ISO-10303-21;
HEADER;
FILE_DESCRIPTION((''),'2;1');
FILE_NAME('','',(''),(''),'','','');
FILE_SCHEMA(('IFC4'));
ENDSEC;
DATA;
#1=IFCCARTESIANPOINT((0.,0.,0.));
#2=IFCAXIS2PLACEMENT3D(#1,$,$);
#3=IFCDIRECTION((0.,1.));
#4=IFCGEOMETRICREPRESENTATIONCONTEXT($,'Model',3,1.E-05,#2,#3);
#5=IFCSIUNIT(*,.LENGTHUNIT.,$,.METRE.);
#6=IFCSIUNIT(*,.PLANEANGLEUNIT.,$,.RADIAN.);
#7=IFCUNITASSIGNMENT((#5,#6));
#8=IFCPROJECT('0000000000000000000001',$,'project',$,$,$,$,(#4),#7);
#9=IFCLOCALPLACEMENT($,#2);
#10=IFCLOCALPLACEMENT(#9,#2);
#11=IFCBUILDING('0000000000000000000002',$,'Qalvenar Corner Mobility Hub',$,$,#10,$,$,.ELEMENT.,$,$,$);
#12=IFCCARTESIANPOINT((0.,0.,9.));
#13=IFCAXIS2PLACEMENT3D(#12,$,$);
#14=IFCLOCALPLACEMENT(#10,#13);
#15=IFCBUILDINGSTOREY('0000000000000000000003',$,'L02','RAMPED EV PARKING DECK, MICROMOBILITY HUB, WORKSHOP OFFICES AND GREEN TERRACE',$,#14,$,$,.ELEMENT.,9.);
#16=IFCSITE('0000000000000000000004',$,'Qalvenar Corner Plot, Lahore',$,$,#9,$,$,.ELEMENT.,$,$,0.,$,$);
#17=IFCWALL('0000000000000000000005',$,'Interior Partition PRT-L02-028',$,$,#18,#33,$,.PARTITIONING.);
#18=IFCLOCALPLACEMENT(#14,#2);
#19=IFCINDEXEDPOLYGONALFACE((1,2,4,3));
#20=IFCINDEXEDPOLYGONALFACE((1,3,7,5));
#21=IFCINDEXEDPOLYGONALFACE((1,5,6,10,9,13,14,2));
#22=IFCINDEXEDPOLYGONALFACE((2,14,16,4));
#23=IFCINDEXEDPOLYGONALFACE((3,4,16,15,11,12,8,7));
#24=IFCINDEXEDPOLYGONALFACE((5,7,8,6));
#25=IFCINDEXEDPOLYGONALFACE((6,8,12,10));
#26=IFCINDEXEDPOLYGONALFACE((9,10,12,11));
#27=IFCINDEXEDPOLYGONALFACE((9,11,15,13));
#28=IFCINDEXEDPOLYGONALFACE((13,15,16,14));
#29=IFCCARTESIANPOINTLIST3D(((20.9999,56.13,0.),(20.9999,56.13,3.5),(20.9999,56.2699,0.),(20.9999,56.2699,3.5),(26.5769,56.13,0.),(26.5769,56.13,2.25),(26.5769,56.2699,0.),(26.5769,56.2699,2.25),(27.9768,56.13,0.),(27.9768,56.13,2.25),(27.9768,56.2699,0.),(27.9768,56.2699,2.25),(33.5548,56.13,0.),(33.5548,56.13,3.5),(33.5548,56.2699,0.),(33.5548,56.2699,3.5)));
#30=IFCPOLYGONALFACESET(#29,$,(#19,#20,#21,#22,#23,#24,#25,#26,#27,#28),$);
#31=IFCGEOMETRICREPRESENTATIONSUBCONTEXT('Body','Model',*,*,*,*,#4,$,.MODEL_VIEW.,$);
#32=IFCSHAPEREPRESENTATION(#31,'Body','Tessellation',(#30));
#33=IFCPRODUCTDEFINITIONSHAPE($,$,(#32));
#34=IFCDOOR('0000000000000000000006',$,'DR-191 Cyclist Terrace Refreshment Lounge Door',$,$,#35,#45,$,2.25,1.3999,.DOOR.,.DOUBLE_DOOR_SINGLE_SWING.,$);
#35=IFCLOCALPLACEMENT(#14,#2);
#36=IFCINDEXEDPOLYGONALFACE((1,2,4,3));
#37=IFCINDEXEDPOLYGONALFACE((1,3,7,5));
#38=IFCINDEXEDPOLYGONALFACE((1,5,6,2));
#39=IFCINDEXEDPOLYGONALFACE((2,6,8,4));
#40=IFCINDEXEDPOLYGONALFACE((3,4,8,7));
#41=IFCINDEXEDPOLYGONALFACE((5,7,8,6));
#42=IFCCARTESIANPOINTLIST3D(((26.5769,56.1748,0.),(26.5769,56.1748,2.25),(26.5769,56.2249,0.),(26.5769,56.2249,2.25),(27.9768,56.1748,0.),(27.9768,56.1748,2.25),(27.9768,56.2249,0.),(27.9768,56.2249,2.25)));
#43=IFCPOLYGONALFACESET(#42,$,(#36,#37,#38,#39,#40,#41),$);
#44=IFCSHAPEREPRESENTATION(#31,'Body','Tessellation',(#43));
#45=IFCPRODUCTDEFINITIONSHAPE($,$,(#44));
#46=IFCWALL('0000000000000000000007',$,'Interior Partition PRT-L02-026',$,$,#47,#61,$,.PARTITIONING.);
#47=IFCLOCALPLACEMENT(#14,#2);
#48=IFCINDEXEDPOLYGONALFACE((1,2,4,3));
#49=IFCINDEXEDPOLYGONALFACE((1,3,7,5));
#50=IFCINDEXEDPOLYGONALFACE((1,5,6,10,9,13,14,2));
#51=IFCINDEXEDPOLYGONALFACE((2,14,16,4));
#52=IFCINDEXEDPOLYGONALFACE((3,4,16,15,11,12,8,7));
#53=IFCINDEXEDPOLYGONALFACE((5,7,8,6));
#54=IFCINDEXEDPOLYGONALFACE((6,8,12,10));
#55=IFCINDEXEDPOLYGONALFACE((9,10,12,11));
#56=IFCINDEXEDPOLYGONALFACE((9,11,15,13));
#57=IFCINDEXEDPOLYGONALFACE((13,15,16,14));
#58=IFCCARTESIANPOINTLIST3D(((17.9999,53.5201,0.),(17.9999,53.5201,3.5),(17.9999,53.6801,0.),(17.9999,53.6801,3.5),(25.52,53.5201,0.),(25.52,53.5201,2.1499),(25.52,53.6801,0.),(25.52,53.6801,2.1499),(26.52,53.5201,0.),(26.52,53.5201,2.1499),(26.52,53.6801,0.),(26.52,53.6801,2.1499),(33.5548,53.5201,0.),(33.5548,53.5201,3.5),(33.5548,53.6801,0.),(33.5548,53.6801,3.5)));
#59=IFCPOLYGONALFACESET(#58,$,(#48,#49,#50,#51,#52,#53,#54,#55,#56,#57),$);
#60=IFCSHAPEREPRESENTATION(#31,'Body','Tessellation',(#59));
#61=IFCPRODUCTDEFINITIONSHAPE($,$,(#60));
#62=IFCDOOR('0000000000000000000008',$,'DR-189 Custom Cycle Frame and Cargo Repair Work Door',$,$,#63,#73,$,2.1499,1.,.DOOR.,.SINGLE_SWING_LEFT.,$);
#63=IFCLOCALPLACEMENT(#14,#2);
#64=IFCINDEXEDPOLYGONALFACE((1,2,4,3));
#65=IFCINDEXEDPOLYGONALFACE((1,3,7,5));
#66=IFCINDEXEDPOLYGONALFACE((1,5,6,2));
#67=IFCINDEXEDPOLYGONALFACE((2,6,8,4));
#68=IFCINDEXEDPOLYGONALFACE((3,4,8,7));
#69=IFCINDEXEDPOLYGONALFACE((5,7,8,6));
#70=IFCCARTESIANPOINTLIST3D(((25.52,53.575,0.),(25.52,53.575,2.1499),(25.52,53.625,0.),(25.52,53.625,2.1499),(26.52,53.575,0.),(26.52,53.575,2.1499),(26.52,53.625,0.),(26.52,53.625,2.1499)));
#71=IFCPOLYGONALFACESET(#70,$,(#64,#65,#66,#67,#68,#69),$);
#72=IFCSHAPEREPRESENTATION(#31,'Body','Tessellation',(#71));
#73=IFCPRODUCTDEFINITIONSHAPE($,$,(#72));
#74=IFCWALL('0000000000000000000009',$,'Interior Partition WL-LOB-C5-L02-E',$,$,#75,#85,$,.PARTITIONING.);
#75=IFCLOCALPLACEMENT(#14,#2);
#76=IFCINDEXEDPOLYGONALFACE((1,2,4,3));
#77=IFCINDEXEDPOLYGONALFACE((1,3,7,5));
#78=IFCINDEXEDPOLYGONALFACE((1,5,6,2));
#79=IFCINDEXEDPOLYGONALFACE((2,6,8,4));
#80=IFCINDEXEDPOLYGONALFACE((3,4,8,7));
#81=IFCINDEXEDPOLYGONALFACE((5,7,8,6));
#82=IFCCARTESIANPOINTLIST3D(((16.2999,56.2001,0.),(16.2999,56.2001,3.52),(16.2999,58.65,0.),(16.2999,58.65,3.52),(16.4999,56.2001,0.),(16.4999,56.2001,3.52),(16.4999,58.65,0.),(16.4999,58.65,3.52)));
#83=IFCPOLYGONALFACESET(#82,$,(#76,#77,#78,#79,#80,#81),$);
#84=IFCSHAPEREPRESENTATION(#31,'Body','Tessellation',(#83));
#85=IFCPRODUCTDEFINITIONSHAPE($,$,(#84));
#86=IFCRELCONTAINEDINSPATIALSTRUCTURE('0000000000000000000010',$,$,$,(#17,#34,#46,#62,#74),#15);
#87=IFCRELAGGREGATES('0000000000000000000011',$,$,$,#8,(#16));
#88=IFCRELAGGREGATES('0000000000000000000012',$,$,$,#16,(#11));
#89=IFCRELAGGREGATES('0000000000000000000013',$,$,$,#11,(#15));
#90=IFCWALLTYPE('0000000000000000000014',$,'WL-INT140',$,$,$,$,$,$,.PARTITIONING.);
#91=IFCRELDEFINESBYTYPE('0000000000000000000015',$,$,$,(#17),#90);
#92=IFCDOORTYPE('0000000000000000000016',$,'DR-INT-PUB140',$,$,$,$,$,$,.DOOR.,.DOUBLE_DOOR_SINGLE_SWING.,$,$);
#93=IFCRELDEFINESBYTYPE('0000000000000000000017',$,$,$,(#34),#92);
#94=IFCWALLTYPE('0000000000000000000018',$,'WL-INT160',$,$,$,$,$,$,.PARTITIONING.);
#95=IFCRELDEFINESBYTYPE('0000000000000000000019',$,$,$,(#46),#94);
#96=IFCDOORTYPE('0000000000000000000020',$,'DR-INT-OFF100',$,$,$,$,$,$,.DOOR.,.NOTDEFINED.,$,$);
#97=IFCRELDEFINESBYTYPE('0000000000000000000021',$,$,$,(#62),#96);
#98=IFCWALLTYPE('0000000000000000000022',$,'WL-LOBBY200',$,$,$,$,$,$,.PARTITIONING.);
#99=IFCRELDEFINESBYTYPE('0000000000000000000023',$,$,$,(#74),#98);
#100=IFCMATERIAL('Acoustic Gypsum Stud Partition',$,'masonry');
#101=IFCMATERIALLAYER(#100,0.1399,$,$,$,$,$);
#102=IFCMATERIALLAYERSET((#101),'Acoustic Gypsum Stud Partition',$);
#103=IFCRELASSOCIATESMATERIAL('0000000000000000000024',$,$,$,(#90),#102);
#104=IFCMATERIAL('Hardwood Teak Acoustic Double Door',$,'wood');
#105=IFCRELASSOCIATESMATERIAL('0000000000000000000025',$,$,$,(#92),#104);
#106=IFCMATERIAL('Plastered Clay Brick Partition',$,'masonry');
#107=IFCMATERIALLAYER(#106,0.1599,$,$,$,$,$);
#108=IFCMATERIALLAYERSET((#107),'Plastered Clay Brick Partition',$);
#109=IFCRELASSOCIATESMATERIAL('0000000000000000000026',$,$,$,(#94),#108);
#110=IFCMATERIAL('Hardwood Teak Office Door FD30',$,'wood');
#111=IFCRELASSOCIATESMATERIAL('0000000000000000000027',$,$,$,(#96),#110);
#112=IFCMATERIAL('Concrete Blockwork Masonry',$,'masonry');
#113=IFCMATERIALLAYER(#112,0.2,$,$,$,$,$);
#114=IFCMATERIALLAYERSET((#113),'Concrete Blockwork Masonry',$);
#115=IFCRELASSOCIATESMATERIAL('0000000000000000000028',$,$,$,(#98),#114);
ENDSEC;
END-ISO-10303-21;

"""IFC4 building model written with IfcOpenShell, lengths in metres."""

from ifc_helpers import new_model, si_unit, direction, frame, frame_2d, origin, place, context, subcontext, project, spatial, rectangle, extrude, material, layer, layer_set, type_object, element, fill, save


model = new_model("IFC4")

# Units and contexts
model_context = context("Model", 3, precision=1e-05, world=origin(), true_north=direction((0.0, 1.0)))
body_context = subcontext(model_context, "Body", "Model", "MODEL_VIEW")
ifc_project = project(units=[si_unit("LENGTHUNIT", "METRE"), si_unit("PLANEANGLEUNIT", "RADIAN")], contexts=[model_context])

# Site, building, storey
site_placement = place(None, origin())
site = spatial("IfcSite", under=ifc_project, at=site_placement, Name="Qalvenar Corner Plot, Lahore", CompositionType="ELEMENT", RefElevation=0.0)
building_placement = place(site_placement, origin())
building = spatial("IfcBuilding", under=site, at=building_placement, Name="Qalvenar Corner Mobility Hub", CompositionType="ELEMENT")
storey_placement = place(building_placement, frame((0.0, 0.0, 9.0)))
storey = spatial("IfcBuildingStorey", under=building, at=storey_placement, Name="L02", Description="RAMPED EV PARKING DECK, MICROMOBILITY HUB, WORKSHOP OFFICES AND GREEN TERRACE", CompositionType="ELEMENT", Elevation=9.0)

# Walls, openings, doors
ifc_material_1 = material(Name="Acoustic Gypsum Stud Partition", Category="masonry")
ifc_layer_1 = layer(ifc_material_1, 0.1399)
ifc_layer_set_1 = layer_set([ifc_layer_1], Name="Acoustic Gypsum Stud Partition")
wall_type_1 = type_object("IfcWallType", Name="WL-INT140", PredefinedType="PARTITIONING", material=ifc_layer_set_1)
wall_1_placement = place(storey_placement, frame((21.0, 56.2, 0.0), z_axis=(0.0, 0.0, 1.0), x_axis=(1.0, 0.0, 0.0)))
wall_1 = element("IfcWall", 1, at=wall_1_placement, inside=storey, type_object=wall_type_1, Name="Interior Partition PRT-L02-028", PredefinedType="PARTITIONING", context=body_context, shape_type="SweptSolid", body=[
    extrude(rectangle(XDim=12.5549, YDim=0.1399, at=frame_2d((6.2773, 0.0))), origin(), (0.0, 0.0, 1.0), 3.5),
])
opening_1_placement = place(wall_1_placement, frame((5.5769, 0.0, 0.0)))
opening_1 = element("IfcOpeningElement", 2, at=opening_1_placement, cuts=wall_1, PredefinedType="OPENING", context=body_context, shape_type="SweptSolid", body=[
    extrude(rectangle(XDim=1.3999, YDim=2.25, at=frame_2d((0.7, 1.125))), frame((0.0, 0.0801, 0.0), z_axis=(0.0, -1.0, 0.0), x_axis=(1.0, 0.0, 0.0)), (0.0, 0.0, 1.0), 0.1599),
])
ifc_material_2 = material(Name="Hardwood Teak Acoustic Double Door", Category="wood")
door_type_1 = type_object("IfcDoorType", Name="DR-INT-PUB140", OperationType="DOUBLE_DOOR_SINGLE_SWING", PredefinedType="DOOR", material=ifc_material_2)
door_1_placement = place(opening_1_placement, origin())
door_1 = element("IfcDoor", 3, at=door_1_placement, inside=storey, type_object=door_type_1, Name="DR-191 Cyclist Terrace Refreshment Lounge Door", OperationType="DOUBLE_DOOR_SINGLE_SWING", OverallHeight=2.25, OverallWidth=1.3999, PredefinedType="DOOR", context=body_context, shape_type="SweptSolid", body=[
    extrude(rectangle(XDim=1.3999, YDim=2.25, at=frame_2d((0.7, 1.125))), frame((0.0, 0.0249, 0.0), z_axis=(0.0, -1.0, 0.0), x_axis=(1.0, 0.0, 0.0)), (0.0, 0.0, 1.0), 0.05),
])
fill(opening_1, door_1)
ifc_material_3 = material(Name="Plastered Clay Brick Partition", Category="masonry")
ifc_layer_2 = layer(ifc_material_3, 0.1599)
ifc_layer_set_2 = layer_set([ifc_layer_2], Name="Plastered Clay Brick Partition")
wall_type_2 = type_object("IfcWallType", Name="WL-INT160", PredefinedType="PARTITIONING", material=ifc_layer_set_2)
wall_2_placement = place(storey_placement, frame((18.0, 53.6001, 0.0), z_axis=(0.0, 0.0, 1.0), x_axis=(1.0, 0.0, 0.0)))
wall_2 = element("IfcWall", 4, at=wall_2_placement, inside=storey, type_object=wall_type_2, Name="Interior Partition PRT-L02-026", PredefinedType="PARTITIONING", context=body_context, shape_type="SweptSolid", body=[
    extrude(rectangle(XDim=15.5549, YDim=0.1599, at=frame_2d((7.7773, 0.0))), origin(), (0.0, 0.0, 1.0), 3.5),
])
opening_2_placement = place(wall_2_placement, frame((7.52, 0.0, 0.0)))
opening_2 = element("IfcOpeningElement", 5, at=opening_2_placement, cuts=wall_2, PredefinedType="OPENING", context=body_context, shape_type="SweptSolid", body=[
    extrude(rectangle(XDim=1.0, YDim=2.1499, at=frame_2d((0.5, 1.075))), frame((0.0, 0.0898, 0.0), z_axis=(0.0, -1.0, 0.0), x_axis=(1.0, 0.0, 0.0)), (0.0, 0.0, 1.0), 0.1799),
])
ifc_material_4 = material(Name="Hardwood Teak Office Door FD30", Category="wood")
door_type_2 = type_object("IfcDoorType", Name="DR-INT-OFF100", OperationType="NOTDEFINED", PredefinedType="DOOR", material=ifc_material_4)
door_2_placement = place(opening_2_placement, origin())
door_2 = element("IfcDoor", 6, at=door_2_placement, inside=storey, type_object=door_type_2, Name="DR-189 Custom Cycle Frame and Cargo Repair Work Door", OperationType="SINGLE_SWING_LEFT", OverallHeight=2.1499, OverallWidth=1.0, PredefinedType="DOOR", context=body_context, shape_type="SweptSolid", body=[
    extrude(rectangle(XDim=1.0, YDim=2.1499, at=frame_2d((0.5, 1.075))), frame((0.0, 0.0249, 0.0), z_axis=(0.0, -1.0, 0.0), x_axis=(1.0, 0.0, 0.0)), (0.0, 0.0, 1.0), 0.05),
])
fill(opening_2, door_2)

# Wall
ifc_material_5 = material(Name="Concrete Blockwork Masonry", Category="masonry")
ifc_layer_3 = layer(ifc_material_5, 0.2)
ifc_layer_set_3 = layer_set([ifc_layer_3], Name="Concrete Blockwork Masonry")
wall_type_3 = type_object("IfcWallType", Name="WL-LOBBY200", PredefinedType="PARTITIONING", material=ifc_layer_set_3)
wall_3_placement = place(storey_placement, frame((16.3999, 56.2, 0.0), z_axis=(0.0, 0.0, 1.0), x_axis=(0.0, 1.0, 0.0)))
element("IfcWall", 7, at=wall_3_placement, inside=storey, type_object=wall_type_3, Name="Interior Partition WL-LOB-C5-L02-E", PredefinedType="PARTITIONING", context=body_context, shape_type="SweptSolid", body=[
    extrude(rectangle(XDim=2.45, YDim=0.2, at=frame_2d((1.2251, 0.0))), origin(), (0.0, 0.0, 1.0), 3.52),
])

save(model, "model.ifc")
